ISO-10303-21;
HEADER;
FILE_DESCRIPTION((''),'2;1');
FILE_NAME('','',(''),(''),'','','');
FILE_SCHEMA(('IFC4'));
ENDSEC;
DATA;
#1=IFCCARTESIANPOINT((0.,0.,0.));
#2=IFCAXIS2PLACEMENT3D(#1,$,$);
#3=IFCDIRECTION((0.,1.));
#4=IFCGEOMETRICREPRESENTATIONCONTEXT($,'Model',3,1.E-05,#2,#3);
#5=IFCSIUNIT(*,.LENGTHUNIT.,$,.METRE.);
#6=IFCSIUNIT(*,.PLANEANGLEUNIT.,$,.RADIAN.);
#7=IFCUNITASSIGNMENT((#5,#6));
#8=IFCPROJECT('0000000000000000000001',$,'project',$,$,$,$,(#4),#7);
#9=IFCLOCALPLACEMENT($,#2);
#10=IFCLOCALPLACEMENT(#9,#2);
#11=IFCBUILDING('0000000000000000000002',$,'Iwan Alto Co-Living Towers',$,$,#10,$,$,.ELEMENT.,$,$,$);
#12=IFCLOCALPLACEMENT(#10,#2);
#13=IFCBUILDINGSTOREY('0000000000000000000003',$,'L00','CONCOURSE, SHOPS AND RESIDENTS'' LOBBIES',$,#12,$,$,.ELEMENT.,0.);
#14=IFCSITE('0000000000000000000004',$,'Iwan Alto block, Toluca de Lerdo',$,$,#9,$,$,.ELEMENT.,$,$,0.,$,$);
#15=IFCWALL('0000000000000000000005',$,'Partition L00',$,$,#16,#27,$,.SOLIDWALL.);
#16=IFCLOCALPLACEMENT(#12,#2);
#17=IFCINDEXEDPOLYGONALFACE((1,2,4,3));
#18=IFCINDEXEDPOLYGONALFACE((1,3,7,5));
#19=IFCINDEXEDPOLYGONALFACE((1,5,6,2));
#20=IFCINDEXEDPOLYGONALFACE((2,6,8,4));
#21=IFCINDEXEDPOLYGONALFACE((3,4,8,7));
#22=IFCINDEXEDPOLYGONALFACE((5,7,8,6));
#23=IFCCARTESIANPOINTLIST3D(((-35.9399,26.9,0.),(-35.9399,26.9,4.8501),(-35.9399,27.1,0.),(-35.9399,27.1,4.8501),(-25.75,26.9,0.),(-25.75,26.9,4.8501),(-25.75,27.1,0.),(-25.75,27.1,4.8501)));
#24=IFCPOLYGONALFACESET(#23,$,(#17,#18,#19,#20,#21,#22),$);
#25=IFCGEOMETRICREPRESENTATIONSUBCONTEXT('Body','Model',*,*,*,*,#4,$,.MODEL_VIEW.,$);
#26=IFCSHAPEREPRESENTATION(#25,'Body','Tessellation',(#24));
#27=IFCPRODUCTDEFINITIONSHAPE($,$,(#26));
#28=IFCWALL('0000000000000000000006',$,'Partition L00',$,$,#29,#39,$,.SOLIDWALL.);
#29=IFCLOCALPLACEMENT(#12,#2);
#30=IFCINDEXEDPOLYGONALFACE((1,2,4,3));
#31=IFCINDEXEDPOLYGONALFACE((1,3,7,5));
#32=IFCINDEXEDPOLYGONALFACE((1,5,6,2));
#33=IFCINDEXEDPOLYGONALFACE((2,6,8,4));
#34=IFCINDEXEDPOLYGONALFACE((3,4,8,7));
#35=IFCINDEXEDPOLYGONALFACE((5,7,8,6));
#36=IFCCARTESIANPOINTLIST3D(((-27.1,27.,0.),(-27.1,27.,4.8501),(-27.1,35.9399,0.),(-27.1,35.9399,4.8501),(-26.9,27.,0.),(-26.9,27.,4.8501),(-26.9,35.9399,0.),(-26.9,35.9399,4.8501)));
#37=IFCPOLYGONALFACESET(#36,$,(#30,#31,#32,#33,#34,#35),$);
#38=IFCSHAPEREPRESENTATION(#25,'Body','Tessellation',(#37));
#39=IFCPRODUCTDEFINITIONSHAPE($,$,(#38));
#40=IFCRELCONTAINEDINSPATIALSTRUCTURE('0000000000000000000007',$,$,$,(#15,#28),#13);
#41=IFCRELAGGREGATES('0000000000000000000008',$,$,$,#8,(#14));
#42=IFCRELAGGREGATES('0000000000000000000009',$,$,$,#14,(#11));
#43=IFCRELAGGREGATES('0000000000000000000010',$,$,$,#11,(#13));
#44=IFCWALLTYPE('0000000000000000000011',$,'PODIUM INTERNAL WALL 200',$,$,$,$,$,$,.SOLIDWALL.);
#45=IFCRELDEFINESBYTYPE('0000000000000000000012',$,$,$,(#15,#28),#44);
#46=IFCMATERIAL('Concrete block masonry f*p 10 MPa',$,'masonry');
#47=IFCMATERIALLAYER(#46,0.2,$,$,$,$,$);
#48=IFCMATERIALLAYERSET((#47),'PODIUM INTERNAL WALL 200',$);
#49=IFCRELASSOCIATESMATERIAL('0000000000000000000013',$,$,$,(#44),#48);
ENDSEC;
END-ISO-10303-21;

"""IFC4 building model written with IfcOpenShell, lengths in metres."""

from ifc_helpers import new_model, si_unit, direction, frame, frame_2d, origin, place, context, subcontext, project, spatial, rectangle, extrude, material, layer, layer_set, type_object, element, save


model = new_model("IFC4")

# Units and contexts
model_context = context("Model", 3, precision=1e-05, world=origin(), true_north=direction((0.0, 1.0)))
body_context = subcontext(model_context, "Body", "Model", "MODEL_VIEW")
ifc_project = project(units=[si_unit("LENGTHUNIT", "METRE"), si_unit("PLANEANGLEUNIT", "RADIAN")], contexts=[model_context])

# Site, building, storey
site_placement = place(None, origin())
site = spatial("IfcSite", under=ifc_project, at=site_placement, Name="Iwan Alto block, Toluca de Lerdo", CompositionType="ELEMENT", RefElevation=0.0)
building_placement = place(site_placement, origin())
building = spatial("IfcBuilding", under=site, at=building_placement, Name="Iwan Alto Co-Living Towers", CompositionType="ELEMENT")
storey_placement = place(building_placement, origin())
storey = spatial("IfcBuildingStorey", under=building, at=storey_placement, Name="L00", Description="CONCOURSE, SHOPS AND RESIDENTS' LOBBIES", CompositionType="ELEMENT", Elevation=0.0)

# Walls
ifc_material_1 = material(Name="Concrete block masonry f*p 10 MPa", Category="masonry")
ifc_layer = layer(ifc_material_1, 0.2)
ifc_layer_set = layer_set([ifc_layer], Name="PODIUM INTERNAL WALL 200")
wall_type = type_object("IfcWallType", Name="PODIUM INTERNAL WALL 200", PredefinedType="SOLIDWALL", material=ifc_layer_set)
wall_1_placement = place(storey_placement, frame((-35.9399, 27.0, 0.0), z_axis=(0.0, 0.0, 1.0), x_axis=(1.0, 0.0, 0.0)))
element("IfcWall", 1, at=wall_1_placement, inside=storey, type_object=wall_type, Name="Partition L00", PredefinedType="SOLIDWALL", context=body_context, shape_type="SweptSolid", body=[
    extrude(rectangle(XDim=10.1899, YDim=0.2, at=frame_2d((5.095, 0.0))), origin(), (0.0, 0.0, 1.0), 4.8501),
])
wall_2_placement = place(storey_placement, frame((-27.0, 27.0, 0.0), z_axis=(0.0, 0.0, 1.0), x_axis=(0.0, 1.0, 0.0)))
element("IfcWall", 2, at=wall_2_placement, inside=storey, type_object=wall_type, Name="Partition L00", PredefinedType="SOLIDWALL", context=body_context, shape_type="SweptSolid", body=[
    extrude(rectangle(XDim=8.9399, YDim=0.2, at=frame_2d((4.47, 0.0))), origin(), (0.0, 0.0, 1.0), 4.8501),
])

save(model, "model.ifc")
